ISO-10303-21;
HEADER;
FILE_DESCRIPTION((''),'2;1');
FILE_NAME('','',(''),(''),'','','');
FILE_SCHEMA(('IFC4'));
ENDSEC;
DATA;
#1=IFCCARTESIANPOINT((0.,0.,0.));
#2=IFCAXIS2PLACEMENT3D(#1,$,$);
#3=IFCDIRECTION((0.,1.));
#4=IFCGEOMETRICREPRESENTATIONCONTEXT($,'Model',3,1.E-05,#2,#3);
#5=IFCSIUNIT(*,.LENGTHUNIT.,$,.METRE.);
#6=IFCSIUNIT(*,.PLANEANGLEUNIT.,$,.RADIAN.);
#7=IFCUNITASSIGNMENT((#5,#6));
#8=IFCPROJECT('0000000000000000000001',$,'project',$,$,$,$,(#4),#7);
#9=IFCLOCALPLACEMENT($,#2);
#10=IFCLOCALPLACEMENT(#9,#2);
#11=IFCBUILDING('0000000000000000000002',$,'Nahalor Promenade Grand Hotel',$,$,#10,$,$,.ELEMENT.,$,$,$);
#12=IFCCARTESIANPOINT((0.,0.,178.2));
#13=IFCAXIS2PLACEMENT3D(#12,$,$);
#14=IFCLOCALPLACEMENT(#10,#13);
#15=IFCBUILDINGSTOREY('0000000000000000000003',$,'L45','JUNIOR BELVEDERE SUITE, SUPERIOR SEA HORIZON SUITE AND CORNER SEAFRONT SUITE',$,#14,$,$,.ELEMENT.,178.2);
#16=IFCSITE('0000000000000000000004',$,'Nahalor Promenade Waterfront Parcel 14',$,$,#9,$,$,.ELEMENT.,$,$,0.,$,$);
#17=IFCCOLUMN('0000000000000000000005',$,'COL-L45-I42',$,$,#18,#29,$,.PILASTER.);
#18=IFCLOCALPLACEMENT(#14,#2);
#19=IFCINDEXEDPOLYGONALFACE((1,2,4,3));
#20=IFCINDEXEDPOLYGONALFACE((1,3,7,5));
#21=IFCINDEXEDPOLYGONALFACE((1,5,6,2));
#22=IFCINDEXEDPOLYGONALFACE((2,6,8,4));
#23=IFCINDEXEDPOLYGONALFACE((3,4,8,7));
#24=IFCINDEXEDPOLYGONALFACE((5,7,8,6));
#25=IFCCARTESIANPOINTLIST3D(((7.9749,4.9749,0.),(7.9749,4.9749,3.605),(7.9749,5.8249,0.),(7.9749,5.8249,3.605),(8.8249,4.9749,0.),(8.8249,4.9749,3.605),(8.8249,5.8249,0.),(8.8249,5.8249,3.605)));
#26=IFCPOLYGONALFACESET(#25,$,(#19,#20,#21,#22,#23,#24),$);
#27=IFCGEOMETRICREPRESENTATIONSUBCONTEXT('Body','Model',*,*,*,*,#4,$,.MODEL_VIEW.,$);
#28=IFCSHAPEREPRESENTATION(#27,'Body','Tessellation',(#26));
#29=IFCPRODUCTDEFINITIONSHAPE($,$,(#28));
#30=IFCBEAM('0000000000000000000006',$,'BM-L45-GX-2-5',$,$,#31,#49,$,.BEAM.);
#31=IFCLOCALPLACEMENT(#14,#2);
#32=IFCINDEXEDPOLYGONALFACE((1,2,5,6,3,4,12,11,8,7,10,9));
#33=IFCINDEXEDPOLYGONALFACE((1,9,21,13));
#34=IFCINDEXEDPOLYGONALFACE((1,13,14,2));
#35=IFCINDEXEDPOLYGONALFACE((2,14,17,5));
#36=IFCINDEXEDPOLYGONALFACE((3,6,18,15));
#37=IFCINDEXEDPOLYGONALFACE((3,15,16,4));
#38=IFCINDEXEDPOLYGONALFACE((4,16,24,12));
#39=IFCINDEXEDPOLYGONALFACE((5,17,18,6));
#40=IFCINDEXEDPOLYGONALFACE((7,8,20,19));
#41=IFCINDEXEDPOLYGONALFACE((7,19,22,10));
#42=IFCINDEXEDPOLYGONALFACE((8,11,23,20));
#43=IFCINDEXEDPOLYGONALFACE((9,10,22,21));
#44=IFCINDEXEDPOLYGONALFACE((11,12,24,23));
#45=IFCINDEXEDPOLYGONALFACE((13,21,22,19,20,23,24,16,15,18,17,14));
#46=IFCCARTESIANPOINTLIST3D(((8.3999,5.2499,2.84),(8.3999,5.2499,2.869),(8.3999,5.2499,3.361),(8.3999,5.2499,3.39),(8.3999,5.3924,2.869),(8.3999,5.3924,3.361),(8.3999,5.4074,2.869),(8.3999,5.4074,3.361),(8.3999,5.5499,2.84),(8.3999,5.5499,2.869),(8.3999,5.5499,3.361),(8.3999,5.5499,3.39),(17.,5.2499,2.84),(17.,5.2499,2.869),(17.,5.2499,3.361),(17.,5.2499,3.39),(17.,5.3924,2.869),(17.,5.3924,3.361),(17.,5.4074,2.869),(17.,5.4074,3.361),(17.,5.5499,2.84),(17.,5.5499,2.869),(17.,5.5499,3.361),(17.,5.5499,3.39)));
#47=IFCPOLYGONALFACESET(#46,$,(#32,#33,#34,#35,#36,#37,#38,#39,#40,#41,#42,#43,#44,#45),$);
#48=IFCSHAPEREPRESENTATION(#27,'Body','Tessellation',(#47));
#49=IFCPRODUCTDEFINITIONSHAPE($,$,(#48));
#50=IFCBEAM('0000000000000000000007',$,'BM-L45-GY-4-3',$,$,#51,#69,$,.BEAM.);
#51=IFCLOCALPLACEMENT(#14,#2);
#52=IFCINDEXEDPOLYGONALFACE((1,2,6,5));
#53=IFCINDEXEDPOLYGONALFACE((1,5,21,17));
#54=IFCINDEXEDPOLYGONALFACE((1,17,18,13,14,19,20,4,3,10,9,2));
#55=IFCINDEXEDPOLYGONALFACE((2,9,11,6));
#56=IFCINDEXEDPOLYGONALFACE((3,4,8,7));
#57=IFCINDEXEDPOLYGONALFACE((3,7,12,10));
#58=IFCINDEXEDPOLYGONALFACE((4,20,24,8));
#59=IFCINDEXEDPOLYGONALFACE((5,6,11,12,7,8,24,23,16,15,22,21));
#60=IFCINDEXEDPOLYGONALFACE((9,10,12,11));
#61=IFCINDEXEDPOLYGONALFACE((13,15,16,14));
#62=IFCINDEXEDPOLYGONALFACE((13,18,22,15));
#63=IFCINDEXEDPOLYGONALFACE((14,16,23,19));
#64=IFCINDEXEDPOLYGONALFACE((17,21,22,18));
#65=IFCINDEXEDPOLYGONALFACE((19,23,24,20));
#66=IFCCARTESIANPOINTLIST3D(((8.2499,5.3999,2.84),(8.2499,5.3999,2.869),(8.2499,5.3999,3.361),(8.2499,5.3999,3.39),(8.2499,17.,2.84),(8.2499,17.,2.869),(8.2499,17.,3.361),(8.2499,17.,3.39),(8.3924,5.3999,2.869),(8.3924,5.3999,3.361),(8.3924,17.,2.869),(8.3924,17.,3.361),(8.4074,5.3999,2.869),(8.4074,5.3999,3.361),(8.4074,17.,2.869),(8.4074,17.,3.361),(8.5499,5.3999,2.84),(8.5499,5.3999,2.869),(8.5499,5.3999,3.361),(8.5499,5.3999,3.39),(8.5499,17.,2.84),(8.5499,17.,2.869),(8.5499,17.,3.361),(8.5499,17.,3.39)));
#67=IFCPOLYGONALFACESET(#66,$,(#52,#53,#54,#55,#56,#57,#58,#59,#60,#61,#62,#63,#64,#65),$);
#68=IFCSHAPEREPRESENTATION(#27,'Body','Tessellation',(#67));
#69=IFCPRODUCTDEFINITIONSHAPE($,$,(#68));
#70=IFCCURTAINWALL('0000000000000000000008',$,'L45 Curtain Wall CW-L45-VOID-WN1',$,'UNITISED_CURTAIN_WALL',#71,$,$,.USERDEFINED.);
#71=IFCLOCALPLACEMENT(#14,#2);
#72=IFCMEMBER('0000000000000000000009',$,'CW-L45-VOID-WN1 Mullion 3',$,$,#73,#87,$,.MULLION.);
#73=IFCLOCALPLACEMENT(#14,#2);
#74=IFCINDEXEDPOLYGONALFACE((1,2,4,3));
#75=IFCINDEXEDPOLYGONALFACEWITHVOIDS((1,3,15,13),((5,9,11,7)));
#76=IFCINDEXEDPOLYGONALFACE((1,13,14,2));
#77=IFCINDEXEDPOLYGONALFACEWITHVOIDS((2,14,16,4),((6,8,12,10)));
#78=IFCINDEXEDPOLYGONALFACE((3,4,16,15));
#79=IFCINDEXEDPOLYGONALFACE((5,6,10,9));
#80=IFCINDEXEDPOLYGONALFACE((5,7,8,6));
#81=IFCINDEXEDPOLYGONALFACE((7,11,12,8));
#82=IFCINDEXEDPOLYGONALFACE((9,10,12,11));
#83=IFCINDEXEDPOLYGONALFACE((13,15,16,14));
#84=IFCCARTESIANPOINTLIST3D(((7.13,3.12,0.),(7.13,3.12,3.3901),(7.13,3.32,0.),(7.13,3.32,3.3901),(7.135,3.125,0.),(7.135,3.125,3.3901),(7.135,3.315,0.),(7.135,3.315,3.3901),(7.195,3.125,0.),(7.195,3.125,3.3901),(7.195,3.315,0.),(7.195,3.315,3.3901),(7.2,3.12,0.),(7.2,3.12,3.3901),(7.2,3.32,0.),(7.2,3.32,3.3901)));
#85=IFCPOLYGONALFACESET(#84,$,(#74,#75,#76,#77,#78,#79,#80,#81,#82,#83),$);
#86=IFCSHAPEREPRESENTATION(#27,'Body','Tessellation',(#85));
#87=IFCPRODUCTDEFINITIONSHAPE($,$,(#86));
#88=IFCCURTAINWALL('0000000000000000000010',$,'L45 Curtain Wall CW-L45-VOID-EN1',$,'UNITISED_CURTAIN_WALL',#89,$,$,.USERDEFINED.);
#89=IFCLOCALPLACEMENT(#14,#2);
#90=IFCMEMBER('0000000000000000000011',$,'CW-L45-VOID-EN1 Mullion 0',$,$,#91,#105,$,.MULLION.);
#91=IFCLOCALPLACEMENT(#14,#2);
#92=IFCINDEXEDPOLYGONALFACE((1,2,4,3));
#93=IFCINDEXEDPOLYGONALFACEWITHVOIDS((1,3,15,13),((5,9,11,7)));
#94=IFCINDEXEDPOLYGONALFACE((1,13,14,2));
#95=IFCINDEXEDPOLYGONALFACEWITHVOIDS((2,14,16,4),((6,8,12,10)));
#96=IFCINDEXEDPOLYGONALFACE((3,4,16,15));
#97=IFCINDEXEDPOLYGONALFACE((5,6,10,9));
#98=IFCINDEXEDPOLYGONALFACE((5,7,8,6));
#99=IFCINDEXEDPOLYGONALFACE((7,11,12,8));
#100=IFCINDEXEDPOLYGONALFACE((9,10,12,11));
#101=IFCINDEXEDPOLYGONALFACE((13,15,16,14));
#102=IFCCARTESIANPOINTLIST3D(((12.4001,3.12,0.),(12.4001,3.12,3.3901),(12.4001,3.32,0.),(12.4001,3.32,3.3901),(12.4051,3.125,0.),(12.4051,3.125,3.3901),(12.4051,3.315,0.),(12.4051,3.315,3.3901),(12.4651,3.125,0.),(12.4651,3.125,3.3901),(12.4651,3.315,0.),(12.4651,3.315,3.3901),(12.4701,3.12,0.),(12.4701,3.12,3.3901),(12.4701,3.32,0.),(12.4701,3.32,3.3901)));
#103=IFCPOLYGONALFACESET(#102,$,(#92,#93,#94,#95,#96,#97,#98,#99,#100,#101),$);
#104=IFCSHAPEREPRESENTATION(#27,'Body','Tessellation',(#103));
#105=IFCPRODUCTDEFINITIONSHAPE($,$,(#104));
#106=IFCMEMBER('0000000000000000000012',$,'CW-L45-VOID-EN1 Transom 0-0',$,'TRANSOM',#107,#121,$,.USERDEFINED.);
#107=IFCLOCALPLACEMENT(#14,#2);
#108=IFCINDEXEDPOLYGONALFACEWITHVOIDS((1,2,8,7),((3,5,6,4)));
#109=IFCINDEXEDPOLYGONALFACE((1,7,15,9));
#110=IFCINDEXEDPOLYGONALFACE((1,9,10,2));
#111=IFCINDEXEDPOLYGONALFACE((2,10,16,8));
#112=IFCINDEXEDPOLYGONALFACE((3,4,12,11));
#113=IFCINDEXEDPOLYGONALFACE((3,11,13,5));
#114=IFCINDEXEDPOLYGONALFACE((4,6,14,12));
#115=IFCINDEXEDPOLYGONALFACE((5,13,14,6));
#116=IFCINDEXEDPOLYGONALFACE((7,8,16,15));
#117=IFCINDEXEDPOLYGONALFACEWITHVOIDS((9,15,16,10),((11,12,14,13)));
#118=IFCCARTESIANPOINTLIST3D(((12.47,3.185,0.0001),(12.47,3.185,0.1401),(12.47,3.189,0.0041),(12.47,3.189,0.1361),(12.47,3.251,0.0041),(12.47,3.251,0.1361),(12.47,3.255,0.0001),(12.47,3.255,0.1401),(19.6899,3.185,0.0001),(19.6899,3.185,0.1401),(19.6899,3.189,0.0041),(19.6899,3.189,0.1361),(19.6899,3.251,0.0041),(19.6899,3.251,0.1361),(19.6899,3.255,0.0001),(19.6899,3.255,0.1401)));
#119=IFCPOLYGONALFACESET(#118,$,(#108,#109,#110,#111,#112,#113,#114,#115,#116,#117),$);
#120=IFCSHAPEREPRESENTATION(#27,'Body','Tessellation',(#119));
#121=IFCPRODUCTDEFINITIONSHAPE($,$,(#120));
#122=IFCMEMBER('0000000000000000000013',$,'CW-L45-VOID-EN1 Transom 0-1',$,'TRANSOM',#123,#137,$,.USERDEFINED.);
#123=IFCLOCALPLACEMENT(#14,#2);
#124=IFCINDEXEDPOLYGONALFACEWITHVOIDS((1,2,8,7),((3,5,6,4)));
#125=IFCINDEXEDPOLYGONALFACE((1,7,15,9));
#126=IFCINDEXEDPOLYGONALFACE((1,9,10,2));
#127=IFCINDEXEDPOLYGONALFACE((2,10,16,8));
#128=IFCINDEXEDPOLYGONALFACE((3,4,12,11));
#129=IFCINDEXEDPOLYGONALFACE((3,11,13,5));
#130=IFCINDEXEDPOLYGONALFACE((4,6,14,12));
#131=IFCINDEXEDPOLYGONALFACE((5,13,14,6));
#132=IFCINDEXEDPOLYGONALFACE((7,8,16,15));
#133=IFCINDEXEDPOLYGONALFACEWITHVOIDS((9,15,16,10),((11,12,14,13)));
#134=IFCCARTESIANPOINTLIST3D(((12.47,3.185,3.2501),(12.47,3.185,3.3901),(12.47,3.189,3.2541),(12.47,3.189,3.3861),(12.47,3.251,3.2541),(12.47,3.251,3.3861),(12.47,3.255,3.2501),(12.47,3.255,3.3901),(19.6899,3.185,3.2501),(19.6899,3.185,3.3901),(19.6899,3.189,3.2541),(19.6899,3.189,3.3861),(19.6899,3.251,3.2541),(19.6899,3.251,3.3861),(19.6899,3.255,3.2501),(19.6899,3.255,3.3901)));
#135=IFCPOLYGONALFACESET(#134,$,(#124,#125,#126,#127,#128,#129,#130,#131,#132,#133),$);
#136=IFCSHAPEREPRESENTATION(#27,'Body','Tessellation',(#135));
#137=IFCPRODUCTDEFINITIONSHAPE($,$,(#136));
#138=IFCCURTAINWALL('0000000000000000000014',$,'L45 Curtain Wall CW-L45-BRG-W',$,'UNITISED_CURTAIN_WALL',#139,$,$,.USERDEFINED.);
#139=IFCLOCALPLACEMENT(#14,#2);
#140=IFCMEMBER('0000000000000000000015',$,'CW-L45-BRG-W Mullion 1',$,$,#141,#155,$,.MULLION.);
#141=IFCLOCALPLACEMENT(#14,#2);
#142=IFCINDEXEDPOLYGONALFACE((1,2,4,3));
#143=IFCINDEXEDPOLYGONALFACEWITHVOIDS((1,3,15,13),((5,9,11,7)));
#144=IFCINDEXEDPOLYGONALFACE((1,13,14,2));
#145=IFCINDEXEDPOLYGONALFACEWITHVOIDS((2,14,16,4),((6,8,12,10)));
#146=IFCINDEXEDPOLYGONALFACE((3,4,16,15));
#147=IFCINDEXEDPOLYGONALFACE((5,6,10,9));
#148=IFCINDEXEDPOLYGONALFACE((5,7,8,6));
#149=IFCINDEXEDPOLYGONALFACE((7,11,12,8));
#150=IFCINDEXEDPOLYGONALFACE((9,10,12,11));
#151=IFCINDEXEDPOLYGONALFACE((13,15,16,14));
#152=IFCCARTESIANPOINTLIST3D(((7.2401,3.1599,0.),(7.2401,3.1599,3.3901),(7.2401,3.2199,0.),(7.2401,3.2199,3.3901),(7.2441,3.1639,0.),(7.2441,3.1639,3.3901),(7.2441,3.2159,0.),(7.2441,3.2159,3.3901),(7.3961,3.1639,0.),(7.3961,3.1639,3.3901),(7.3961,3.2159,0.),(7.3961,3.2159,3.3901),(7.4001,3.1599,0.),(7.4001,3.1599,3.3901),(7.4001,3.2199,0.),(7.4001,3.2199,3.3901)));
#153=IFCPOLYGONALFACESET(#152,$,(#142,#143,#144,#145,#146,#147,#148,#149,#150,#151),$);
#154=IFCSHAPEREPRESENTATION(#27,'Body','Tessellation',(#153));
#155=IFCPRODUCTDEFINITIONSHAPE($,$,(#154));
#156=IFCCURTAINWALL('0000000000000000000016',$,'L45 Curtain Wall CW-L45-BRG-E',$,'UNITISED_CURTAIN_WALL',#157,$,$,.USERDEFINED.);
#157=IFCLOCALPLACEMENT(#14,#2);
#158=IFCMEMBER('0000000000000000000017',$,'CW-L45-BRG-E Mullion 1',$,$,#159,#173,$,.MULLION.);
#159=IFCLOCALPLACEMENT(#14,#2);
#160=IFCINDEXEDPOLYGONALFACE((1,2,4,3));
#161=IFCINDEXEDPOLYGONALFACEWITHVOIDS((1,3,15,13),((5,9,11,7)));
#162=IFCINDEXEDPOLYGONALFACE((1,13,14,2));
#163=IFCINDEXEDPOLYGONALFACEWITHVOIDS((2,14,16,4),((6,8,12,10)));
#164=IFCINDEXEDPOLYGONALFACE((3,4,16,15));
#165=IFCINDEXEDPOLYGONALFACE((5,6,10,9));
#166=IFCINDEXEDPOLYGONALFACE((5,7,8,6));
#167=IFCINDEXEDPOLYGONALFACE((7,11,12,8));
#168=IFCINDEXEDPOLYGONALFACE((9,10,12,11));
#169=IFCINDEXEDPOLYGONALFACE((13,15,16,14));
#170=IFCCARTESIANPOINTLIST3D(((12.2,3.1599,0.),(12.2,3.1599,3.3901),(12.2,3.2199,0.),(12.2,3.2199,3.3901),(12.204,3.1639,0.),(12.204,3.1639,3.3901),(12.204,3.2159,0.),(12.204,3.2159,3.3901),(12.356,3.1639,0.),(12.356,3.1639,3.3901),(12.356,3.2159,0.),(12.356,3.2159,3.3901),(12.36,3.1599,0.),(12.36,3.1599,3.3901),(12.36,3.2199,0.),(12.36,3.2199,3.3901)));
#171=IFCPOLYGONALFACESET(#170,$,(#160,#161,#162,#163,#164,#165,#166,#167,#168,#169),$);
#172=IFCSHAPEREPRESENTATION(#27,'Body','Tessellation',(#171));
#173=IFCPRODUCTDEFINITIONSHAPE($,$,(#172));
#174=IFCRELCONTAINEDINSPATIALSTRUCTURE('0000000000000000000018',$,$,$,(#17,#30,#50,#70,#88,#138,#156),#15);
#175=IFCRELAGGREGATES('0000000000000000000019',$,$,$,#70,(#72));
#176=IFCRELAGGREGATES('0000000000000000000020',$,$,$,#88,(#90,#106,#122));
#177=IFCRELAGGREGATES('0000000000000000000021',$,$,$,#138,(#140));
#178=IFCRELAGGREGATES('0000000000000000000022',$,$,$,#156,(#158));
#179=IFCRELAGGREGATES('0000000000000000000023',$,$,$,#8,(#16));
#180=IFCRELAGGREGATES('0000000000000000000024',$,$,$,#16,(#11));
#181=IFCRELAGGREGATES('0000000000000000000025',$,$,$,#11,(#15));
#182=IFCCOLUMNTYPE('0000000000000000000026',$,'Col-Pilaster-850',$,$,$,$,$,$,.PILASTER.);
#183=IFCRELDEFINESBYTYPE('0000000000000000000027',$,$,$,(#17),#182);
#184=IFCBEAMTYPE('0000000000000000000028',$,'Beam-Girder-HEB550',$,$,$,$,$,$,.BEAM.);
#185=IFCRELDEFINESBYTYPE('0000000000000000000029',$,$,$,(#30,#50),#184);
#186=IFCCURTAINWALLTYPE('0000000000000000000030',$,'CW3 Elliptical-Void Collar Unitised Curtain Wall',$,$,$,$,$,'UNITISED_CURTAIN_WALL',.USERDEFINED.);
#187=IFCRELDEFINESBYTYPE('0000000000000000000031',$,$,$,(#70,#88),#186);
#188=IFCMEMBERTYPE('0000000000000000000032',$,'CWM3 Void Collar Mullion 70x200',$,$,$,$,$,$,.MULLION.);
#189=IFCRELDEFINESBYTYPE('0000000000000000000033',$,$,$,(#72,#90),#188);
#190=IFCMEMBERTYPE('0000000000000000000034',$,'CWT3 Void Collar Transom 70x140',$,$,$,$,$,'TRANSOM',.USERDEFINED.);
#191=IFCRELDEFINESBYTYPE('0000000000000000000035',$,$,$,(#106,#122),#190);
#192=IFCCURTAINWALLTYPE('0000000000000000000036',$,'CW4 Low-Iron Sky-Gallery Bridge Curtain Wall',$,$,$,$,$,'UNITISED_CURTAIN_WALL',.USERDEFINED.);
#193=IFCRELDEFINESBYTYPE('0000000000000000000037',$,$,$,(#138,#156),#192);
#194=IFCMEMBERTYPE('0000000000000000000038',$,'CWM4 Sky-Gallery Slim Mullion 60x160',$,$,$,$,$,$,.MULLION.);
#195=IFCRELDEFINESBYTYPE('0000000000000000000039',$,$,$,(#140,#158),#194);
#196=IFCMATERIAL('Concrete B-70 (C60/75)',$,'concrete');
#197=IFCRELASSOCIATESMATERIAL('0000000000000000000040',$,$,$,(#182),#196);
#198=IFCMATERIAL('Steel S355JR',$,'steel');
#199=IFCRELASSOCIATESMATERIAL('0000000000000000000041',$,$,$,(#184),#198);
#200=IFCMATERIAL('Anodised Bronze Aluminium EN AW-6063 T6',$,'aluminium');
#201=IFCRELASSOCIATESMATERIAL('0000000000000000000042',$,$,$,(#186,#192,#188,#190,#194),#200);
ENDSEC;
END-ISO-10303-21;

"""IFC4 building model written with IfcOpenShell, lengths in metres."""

from ifc_helpers import new_model, si_unit, direction, frame, origin, origin_2d, place, context, subcontext, project, spatial, rectangle, hollow_rectangle, i_section, extrude, source, transform, mapped, material, material_profile, profile_set, type_object, element, aggregate, save


model = new_model("IFC4")

# Units and contexts
model_context = context("Model", 3, precision=1e-05, world=origin(), true_north=direction((0.0, 1.0)))
body_context = subcontext(model_context, "Body", "Model", "MODEL_VIEW")
ifc_project = project(units=[si_unit("LENGTHUNIT", "METRE"), si_unit("PLANEANGLEUNIT", "RADIAN")], contexts=[model_context])

# Site, building, storey
site_placement = place(None, origin())
site = spatial("IfcSite", under=ifc_project, at=site_placement, Name="Nahalor Promenade Waterfront Parcel 14", CompositionType="ELEMENT", RefElevation=0.0)
building_placement = place(site_placement, origin())
building = spatial("IfcBuilding", under=site, at=building_placement, Name="Nahalor Promenade Grand Hotel", CompositionType="ELEMENT")
storey_placement = place(building_placement, frame((0.0, 0.0, 178.2)))
storey = spatial("IfcBuildingStorey", under=building, at=storey_placement, Name="L45", Description="JUNIOR BELVEDERE SUITE, SUPERIOR SEA HORIZON SUITE AND CORNER SEAFRONT SUITE", CompositionType="ELEMENT", Elevation=178.2)

# Column
ifc_material_1 = material(Name="Concrete B-70 (C60/75)", Category="concrete")
ifc_material_profile_1 = material_profile(ifc_material_1, rectangle(XDim=0.85, YDim=0.85, at=origin_2d()), Name="RC 850x850")
ifc_profile_set_1 = profile_set([ifc_material_profile_1], Name="Concrete B-70 (C60/75)")
column_type = type_object("IfcColumnType", Name="Col-Pilaster-850", PredefinedType="PILASTER", material=ifc_profile_set_1)
shared_shape_1 = source(origin(), body_context, "Body", "SweptSolid", [
    extrude(rectangle(XDim=0.85, YDim=0.85, at=origin_2d()), origin(), (0.0, 0.0, 1.0), 3.605),
])
column_placement = place(storey_placement, frame((8.3999, 5.3999, 0.0), z_axis=(0.0, 0.0, 1.0), x_axis=(1.0, 0.0, 0.0)))
element("IfcColumn", 1, at=column_placement, inside=storey, type_object=column_type, Name="COL-L45-I42", PredefinedType="PILASTER", context=body_context, shape_type="MappedRepresentation", body=[
    mapped(shared_shape_1, transform((0.0, 0.0, 0.0), scale=1.0)),
])

# Beams
ifc_material_2 = material(Name="Steel S355JR", Category="steel")
ifc_material_profile_2 = material_profile(ifc_material_2, i_section(OverallWidth=0.3, OverallDepth=0.55, WebThickness=0.015, FlangeThickness=0.029, at=origin_2d()), Name="HEB 550")
ifc_profile_set_2 = profile_set([ifc_material_profile_2], Name="Steel S355JR")
beam_type = type_object("IfcBeamType", Name="Beam-Girder-HEB550", PredefinedType="BEAM", material=ifc_profile_set_2)
shared_shape_2 = source(origin(), body_context, "Body", "SweptSolid", [
    extrude(i_section(OverallWidth=0.3, OverallDepth=0.55, WebThickness=0.015, FlangeThickness=0.029, at=origin_2d()), origin(), (0.0, 0.0, 1.0), 8.6001),
])
beam_1_placement = place(storey_placement, frame((8.3999, 5.3999, 3.115), z_axis=(1.0, 0.0, 0.0), x_axis=(0.0, 1.0, 0.0)))
element("IfcBeam", 2, at=beam_1_placement, inside=storey, type_object=beam_type, Name="BM-L45-GX-2-5", PredefinedType="BEAM", context=body_context, shape_type="MappedRepresentation", body=[
    mapped(shared_shape_2, transform((0.0, 0.0, 0.0), scale=1.0)),
])
shared_shape_3 = source(origin(), body_context, "Body", "SweptSolid", [
    extrude(i_section(OverallWidth=0.3, OverallDepth=0.55, WebThickness=0.015, FlangeThickness=0.029, at=origin_2d()), origin(), (0.0, 0.0, 1.0), 11.6001),
])
beam_2_placement = place(storey_placement, frame((8.3999, 5.3999, 3.115), z_axis=(0.0, 1.0, 0.0), x_axis=(-1.0, 0.0, 0.0)))
element("IfcBeam", 3, at=beam_2_placement, inside=storey, type_object=beam_type, Name="BM-L45-GY-4-3", PredefinedType="BEAM", context=body_context, shape_type="MappedRepresentation", body=[
    mapped(shared_shape_3, transform((0.0, 0.0, 0.0), scale=1.0)),
])

# Curtain wall, member
ifc_material_3 = material(Name="Anodised Bronze Aluminium EN AW-6063 T6", Category="aluminium")
curtain_wall_type_1 = type_object("IfcCurtainWallType", Name="CW3 Elliptical-Void Collar Unitised Curtain Wall", ElementType="UNITISED_CURTAIN_WALL", PredefinedType="USERDEFINED", material=ifc_material_3)
curtain_wall_1_placement = place(storey_placement, origin())
curtain_wall_1 = element("IfcCurtainWall", 4, at=curtain_wall_1_placement, inside=storey, type_object=curtain_wall_type_1, Name="L45 Curtain Wall CW-L45-VOID-WN1", ObjectType="UNITISED_CURTAIN_WALL", PredefinedType="USERDEFINED")
ifc_material_profile_3 = material_profile(ifc_material_3, hollow_rectangle(XDim=0.07, YDim=0.2, WallThickness=0.005, at=origin_2d()), Name="CWM 70x200x5")
ifc_profile_set_3 = profile_set([ifc_material_profile_3], Name="Anodised Bronze Aluminium EN AW-6063 T6")
member_type_1 = type_object("IfcMemberType", Name="CWM3 Void Collar Mullion 70x200", PredefinedType="MULLION", material=ifc_profile_set_3)
shared_shape_4 = source(origin(), body_context, "Body", "SweptSolid", [
    extrude(hollow_rectangle(XDim=0.07, YDim=0.2, WallThickness=0.005, at=origin_2d()), origin(), (0.0, 0.0, 1.0), 3.3901),
])
member_1_placement = place(storey_placement, frame((7.165, 3.22, 0.0), z_axis=(0.0, 0.0, 1.0), x_axis=(1.0, 0.0, 0.0)))
member_1 = element("IfcMember", 5, at=member_1_placement, type_object=member_type_1, Name="CW-L45-VOID-WN1 Mullion 3", PredefinedType="MULLION", context=body_context, shape_type="MappedRepresentation", body=[
    mapped(shared_shape_4, transform((0.0, 0.0, 0.0), scale=1.0)),
])
aggregate(curtain_wall_1, [member_1])

# Curtain wall, members
curtain_wall_2_placement = place(storey_placement, origin())
curtain_wall_2 = element("IfcCurtainWall", 6, at=curtain_wall_2_placement, inside=storey, type_object=curtain_wall_type_1, Name="L45 Curtain Wall CW-L45-VOID-EN1", ObjectType="UNITISED_CURTAIN_WALL", PredefinedType="USERDEFINED")
member_2_placement = place(storey_placement, frame((12.4351, 3.22, 0.0), z_axis=(0.0, 0.0, 1.0), x_axis=(1.0, 0.0, 0.0)))
member_2 = element("IfcMember", 7, at=member_2_placement, type_object=member_type_1, Name="CW-L45-VOID-EN1 Mullion 0", PredefinedType="MULLION", context=body_context, shape_type="MappedRepresentation", body=[
    mapped(shared_shape_4, transform((0.0, 0.0, 0.0), scale=1.0)),
])
ifc_material_profile_4 = material_profile(ifc_material_3, hollow_rectangle(XDim=0.07, YDim=0.14, WallThickness=0.004, at=origin_2d()), Name="CWT 70x140x4")
ifc_profile_set_4 = profile_set([ifc_material_profile_4], Name="Anodised Bronze Aluminium EN AW-6063 T6")
member_type_2 = type_object("IfcMemberType", Name="CWT3 Void Collar Transom 70x140", ElementType="TRANSOM", PredefinedType="USERDEFINED", material=ifc_profile_set_4)
shared_shape_5 = source(origin(), body_context, "Body", "SweptSolid", [
    extrude(hollow_rectangle(XDim=0.07, YDim=0.14, WallThickness=0.004, at=origin_2d()), origin(), (0.0, 0.0, 1.0), 7.22),
])
member_3_placement = place(storey_placement, frame((12.47, 3.22, 0.0701), z_axis=(1.0, 0.0, 0.0), x_axis=(0.0, 1.0, 0.0)))
member_3 = element("IfcMember", 8, at=member_3_placement, type_object=member_type_2, Name="CW-L45-VOID-EN1 Transom 0-0", ObjectType="TRANSOM", PredefinedType="USERDEFINED", context=body_context, shape_type="MappedRepresentation", body=[
    mapped(shared_shape_5, transform((0.0, 0.0, 0.0), scale=1.0)),
])
member_4_placement = place(storey_placement, frame((12.47, 3.22, 3.3201), z_axis=(1.0, 0.0, 0.0), x_axis=(0.0, 1.0, 0.0)))
member_4 = element("IfcMember", 9, at=member_4_placement, type_object=member_type_2, Name="CW-L45-VOID-EN1 Transom 0-1", ObjectType="TRANSOM", PredefinedType="USERDEFINED", context=body_context, shape_type="MappedRepresentation", body=[
    mapped(shared_shape_5, transform((0.0, 0.0, 0.0), scale=1.0)),
])
aggregate(curtain_wall_2, [member_2, member_3, member_4])

# Curtain walls, members
curtain_wall_type_2 = type_object("IfcCurtainWallType", Name="CW4 Low-Iron Sky-Gallery Bridge Curtain Wall", ElementType="UNITISED_CURTAIN_WALL", PredefinedType="USERDEFINED", material=ifc_material_3)
curtain_wall_3_placement = place(storey_placement, origin())
curtain_wall_3 = element("IfcCurtainWall", 10, at=curtain_wall_3_placement, inside=storey, type_object=curtain_wall_type_2, Name="L45 Curtain Wall CW-L45-BRG-W", ObjectType="UNITISED_CURTAIN_WALL", PredefinedType="USERDEFINED")
ifc_material_profile_5 = material_profile(ifc_material_3, hollow_rectangle(XDim=0.06, YDim=0.16, WallThickness=0.004, at=origin_2d()), Name="CWM 60x160x4")
ifc_profile_set_5 = profile_set([ifc_material_profile_5], Name="Anodised Bronze Aluminium EN AW-6063 T6")
member_type_3 = type_object("IfcMemberType", Name="CWM4 Sky-Gallery Slim Mullion 60x160", PredefinedType="MULLION", material=ifc_profile_set_5)
shared_shape_6 = source(origin(), body_context, "Body", "SweptSolid", [
    extrude(hollow_rectangle(XDim=0.06, YDim=0.16, WallThickness=0.004, at=origin_2d()), origin(), (0.0, 0.0, 1.0), 3.3901),
])
member_5_placement = place(storey_placement, frame((7.3201, 3.1899, 0.0), z_axis=(0.0, 0.0, 1.0), x_axis=(0.0, 1.0, 0.0)))
member_5 = element("IfcMember", 11, at=member_5_placement, type_object=member_type_3, Name="CW-L45-BRG-W Mullion 1", PredefinedType="MULLION", context=body_context, shape_type="MappedRepresentation", body=[
    mapped(shared_shape_6, transform((0.0, 0.0, 0.0), scale=1.0)),
])
curtain_wall_4_placement = place(storey_placement, origin())
curtain_wall_4 = element("IfcCurtainWall", 12, at=curtain_wall_4_placement, inside=storey, type_object=curtain_wall_type_2, Name="L45 Curtain Wall CW-L45-BRG-E", ObjectType="UNITISED_CURTAIN_WALL", PredefinedType="USERDEFINED")
member_6_placement = place(storey_placement, frame((12.28, 3.1899, 0.0), z_axis=(0.0, 0.0, 1.0), x_axis=(0.0, 1.0, 0.0)))
member_6 = element("IfcMember", 13, at=member_6_placement, type_object=member_type_3, Name="CW-L45-BRG-E Mullion 1", PredefinedType="MULLION", context=body_context, shape_type="MappedRepresentation", body=[
    mapped(shared_shape_6, transform((0.0, 0.0, 0.0), scale=1.0)),
])

aggregate(curtain_wall_3, [member_5])
aggregate(curtain_wall_4, [member_6])

save(model, "model.ifc")
